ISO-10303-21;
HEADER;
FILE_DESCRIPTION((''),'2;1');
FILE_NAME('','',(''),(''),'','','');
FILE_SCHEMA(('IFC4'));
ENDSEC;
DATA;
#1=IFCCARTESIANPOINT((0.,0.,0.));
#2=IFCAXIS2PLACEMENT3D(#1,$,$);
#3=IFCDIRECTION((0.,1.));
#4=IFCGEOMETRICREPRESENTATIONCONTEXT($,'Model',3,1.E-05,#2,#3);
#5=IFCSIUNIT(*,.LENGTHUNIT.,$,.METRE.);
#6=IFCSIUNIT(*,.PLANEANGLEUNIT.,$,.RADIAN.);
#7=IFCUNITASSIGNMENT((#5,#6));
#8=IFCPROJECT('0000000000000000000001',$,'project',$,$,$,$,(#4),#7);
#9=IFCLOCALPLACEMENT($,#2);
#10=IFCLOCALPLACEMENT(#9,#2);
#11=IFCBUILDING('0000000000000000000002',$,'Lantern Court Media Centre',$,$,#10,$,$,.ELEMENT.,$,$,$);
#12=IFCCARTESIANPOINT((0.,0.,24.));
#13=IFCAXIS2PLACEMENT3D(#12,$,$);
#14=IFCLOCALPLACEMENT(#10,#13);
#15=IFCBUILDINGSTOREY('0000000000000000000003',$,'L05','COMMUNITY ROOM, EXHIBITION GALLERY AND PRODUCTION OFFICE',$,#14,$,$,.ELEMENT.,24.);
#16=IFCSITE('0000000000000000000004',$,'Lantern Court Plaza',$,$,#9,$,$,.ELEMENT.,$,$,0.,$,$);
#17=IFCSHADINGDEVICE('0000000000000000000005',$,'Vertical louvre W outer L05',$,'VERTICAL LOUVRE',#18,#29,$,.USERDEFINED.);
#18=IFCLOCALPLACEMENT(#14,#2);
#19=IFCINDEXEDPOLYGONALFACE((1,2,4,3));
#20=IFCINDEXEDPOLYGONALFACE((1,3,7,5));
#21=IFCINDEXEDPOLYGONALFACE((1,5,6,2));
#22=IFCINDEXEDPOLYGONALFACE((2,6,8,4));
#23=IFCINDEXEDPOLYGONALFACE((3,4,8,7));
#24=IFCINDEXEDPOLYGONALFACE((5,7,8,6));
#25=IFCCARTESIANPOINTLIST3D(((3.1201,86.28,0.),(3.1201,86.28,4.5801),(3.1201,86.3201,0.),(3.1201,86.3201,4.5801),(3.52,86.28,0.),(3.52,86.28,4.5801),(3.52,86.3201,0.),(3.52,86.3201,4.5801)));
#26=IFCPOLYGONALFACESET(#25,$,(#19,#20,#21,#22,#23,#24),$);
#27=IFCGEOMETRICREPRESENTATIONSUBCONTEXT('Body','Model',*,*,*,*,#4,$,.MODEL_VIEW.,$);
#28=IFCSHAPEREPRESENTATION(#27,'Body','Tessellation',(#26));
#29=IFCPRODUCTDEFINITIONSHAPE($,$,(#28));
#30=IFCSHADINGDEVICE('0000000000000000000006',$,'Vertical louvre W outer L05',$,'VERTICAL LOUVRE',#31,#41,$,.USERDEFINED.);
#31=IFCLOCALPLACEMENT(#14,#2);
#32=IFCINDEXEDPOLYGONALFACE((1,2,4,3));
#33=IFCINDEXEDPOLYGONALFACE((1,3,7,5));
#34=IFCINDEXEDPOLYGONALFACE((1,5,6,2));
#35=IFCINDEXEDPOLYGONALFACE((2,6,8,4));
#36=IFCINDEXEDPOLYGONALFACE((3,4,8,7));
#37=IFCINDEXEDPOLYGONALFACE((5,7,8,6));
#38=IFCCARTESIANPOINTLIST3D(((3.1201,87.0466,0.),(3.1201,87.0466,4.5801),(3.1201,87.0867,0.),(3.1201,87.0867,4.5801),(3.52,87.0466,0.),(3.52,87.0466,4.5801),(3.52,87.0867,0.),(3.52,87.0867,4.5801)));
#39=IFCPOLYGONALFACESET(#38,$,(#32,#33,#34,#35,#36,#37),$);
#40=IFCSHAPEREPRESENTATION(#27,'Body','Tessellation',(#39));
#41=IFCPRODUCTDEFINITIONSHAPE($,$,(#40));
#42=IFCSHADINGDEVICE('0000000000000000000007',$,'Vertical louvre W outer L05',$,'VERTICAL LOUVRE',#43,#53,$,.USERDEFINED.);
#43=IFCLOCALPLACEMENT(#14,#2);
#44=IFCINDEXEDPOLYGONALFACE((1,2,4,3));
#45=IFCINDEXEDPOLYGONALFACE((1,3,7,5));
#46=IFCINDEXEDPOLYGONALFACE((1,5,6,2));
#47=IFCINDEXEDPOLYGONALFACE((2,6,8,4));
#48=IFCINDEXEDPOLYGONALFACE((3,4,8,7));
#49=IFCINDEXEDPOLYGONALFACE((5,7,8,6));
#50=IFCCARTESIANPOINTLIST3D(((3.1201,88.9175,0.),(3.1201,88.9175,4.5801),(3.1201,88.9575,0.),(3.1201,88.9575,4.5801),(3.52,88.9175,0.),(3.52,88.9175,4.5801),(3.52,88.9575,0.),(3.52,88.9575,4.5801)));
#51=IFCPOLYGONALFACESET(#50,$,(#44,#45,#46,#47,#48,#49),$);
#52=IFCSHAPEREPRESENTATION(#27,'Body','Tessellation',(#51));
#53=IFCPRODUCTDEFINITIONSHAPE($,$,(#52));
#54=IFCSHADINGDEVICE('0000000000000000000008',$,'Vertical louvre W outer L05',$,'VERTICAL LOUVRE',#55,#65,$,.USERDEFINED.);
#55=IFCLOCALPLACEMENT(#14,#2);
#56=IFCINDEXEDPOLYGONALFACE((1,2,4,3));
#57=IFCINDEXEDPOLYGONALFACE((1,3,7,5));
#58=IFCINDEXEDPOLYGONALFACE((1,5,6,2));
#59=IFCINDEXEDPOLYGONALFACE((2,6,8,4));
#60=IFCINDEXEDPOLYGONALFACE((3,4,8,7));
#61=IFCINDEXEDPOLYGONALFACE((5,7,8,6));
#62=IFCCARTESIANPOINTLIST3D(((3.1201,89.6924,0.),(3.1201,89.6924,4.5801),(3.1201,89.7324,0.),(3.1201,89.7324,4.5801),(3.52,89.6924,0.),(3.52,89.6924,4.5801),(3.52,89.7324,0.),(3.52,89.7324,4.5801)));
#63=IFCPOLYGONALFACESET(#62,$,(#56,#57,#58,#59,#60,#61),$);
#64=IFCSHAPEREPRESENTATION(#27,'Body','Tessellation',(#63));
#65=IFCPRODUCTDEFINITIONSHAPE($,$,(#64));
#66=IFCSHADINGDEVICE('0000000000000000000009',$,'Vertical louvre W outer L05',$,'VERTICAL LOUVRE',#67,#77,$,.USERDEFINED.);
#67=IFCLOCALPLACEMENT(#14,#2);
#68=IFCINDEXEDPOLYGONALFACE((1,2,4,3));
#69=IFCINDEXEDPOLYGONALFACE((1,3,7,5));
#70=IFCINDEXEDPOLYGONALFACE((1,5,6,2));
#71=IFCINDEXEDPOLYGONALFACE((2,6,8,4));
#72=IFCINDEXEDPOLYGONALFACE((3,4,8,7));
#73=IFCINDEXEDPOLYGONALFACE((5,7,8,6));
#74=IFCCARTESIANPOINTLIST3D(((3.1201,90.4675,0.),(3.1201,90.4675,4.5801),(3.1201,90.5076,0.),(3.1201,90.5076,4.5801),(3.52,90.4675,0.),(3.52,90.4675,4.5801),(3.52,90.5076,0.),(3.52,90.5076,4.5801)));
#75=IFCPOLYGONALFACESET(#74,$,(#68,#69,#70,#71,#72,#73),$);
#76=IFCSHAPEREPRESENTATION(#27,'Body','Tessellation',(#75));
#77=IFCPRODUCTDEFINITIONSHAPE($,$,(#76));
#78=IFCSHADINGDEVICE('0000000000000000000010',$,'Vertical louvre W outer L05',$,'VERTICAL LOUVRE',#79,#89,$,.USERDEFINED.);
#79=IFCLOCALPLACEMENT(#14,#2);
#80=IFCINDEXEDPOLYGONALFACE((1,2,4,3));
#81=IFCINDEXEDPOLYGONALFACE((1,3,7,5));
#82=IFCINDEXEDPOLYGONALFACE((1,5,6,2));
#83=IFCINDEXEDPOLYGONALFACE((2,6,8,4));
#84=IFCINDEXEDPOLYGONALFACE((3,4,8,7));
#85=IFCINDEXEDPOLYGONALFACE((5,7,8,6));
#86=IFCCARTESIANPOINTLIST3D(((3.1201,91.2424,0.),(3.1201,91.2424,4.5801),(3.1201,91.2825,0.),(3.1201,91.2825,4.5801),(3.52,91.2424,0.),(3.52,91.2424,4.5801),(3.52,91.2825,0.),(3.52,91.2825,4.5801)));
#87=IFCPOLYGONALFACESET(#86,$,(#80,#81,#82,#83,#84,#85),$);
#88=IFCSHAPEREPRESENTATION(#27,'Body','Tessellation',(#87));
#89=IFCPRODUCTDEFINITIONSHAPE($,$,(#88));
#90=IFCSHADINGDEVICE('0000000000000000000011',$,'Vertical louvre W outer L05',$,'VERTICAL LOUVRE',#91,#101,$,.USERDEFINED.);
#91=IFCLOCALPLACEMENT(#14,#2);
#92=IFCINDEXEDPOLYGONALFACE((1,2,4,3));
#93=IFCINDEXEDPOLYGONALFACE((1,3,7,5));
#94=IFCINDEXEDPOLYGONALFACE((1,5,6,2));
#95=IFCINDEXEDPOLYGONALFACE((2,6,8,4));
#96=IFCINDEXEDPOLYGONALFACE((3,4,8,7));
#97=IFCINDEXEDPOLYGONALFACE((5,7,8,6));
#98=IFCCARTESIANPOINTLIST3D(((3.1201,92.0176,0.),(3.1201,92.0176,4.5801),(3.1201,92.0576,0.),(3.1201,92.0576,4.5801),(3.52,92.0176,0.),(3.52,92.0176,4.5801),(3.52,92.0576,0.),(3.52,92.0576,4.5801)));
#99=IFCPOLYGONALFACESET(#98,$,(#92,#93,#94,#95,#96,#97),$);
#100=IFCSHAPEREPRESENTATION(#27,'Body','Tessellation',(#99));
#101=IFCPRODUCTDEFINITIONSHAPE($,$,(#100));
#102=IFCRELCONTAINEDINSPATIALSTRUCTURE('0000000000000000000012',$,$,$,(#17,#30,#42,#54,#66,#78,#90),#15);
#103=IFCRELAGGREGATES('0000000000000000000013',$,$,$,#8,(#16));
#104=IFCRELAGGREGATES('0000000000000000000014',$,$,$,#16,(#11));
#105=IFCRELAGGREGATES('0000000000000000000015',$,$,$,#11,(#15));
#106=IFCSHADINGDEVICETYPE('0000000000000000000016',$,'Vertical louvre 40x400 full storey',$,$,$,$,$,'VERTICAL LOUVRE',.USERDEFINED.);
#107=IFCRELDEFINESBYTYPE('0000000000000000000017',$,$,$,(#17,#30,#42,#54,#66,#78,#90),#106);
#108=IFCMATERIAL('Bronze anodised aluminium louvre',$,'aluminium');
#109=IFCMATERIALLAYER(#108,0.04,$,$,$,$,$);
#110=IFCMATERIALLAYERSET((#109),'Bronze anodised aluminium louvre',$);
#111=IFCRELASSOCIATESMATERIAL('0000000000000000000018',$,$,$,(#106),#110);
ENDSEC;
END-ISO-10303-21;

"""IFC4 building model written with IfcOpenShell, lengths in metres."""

from ifc_helpers import new_model, si_unit, direction, frame, origin, origin_2d, place, context, subcontext, project, spatial, rectangle, extrude, material, layer, layer_set, type_object, element, save


model = new_model("IFC4")

# Units and contexts
model_context = context("Model", 3, precision=1e-05, world=origin(), true_north=direction((0.0, 1.0)))
body_context = subcontext(model_context, "Body", "Model", "MODEL_VIEW")
ifc_project = project(units=[si_unit("LENGTHUNIT", "METRE"), si_unit("PLANEANGLEUNIT", "RADIAN")], contexts=[model_context])

# Site, building, storey
site_placement = place(None, origin())
site = spatial("IfcSite", under=ifc_project, at=site_placement, Name="Lantern Court Plaza", CompositionType="ELEMENT", RefElevation=0.0)
building_placement = place(site_placement, origin())
building = spatial("IfcBuilding", under=site, at=building_placement, Name="Lantern Court Media Centre", CompositionType="ELEMENT")
storey_placement = place(building_placement, frame((0.0, 0.0, 24.0)))
storey = spatial("IfcBuildingStorey", under=building, at=storey_placement, Name="L05", Description="COMMUNITY ROOM, EXHIBITION GALLERY AND PRODUCTION OFFICE", CompositionType="ELEMENT", Elevation=24.0)

# Shading devices
ifc_material_1 = material(Name="Bronze anodised aluminium louvre", Category="aluminium")
ifc_layer_1 = layer(ifc_material_1, 0.04)
ifc_layer_set_1 = layer_set([ifc_layer_1], Name="Bronze anodised aluminium louvre")
shading_device_type = type_object("IfcShadingDeviceType", Name="Vertical louvre 40x400 full storey", ElementType="VERTICAL LOUVRE", PredefinedType="USERDEFINED", material=ifc_layer_set_1)
for number, where, z_axis, x_axis, name in (
    (1, (3.3201, 86.3, 0.0), (0.0, 0.0, 1.0), (1.0, 0.0, 0.0), "Vertical louvre W outer L05"),
    (2, (3.3201, 87.0667, 0.0), (0.0, 0.0, 1.0), (1.0, 0.0, 0.0), "Vertical louvre W outer L05"),
    (3, (3.3201, 88.9375, 0.0), (0.0, 0.0, 1.0), (1.0, 0.0, 0.0), "Vertical louvre W outer L05"),
    (4, (3.3201, 89.7124, 0.0), (0.0, 0.0, 1.0), (1.0, 0.0, 0.0), "Vertical louvre W outer L05"),
    (5, (3.3201, 90.4875, 0.0), (0.0, 0.0, 1.0), (1.0, 0.0, 0.0), "Vertical louvre W outer L05"),
    (6, (3.3201, 91.2625, 0.0), (0.0, 0.0, 1.0), (1.0, 0.0, 0.0), "Vertical louvre W outer L05"),
    (7, (3.3201, 92.0376, 0.0), (0.0, 0.0, 1.0), (1.0, 0.0, 0.0), "Vertical louvre W outer L05"),
):
    element("IfcShadingDevice", number, at=place(storey_placement, frame(where, z_axis=z_axis, x_axis=x_axis)), inside=storey, type_object=shading_device_type, Name=name, ObjectType="VERTICAL LOUVRE", PredefinedType="USERDEFINED", context=body_context, shape_type="SweptSolid", body=[
        extrude(rectangle(XDim=0.3999, YDim=0.04, at=origin_2d()), origin(), (0.0, 0.0, 1.0), 4.5801),
    ])

save(model, "model.ifc")
